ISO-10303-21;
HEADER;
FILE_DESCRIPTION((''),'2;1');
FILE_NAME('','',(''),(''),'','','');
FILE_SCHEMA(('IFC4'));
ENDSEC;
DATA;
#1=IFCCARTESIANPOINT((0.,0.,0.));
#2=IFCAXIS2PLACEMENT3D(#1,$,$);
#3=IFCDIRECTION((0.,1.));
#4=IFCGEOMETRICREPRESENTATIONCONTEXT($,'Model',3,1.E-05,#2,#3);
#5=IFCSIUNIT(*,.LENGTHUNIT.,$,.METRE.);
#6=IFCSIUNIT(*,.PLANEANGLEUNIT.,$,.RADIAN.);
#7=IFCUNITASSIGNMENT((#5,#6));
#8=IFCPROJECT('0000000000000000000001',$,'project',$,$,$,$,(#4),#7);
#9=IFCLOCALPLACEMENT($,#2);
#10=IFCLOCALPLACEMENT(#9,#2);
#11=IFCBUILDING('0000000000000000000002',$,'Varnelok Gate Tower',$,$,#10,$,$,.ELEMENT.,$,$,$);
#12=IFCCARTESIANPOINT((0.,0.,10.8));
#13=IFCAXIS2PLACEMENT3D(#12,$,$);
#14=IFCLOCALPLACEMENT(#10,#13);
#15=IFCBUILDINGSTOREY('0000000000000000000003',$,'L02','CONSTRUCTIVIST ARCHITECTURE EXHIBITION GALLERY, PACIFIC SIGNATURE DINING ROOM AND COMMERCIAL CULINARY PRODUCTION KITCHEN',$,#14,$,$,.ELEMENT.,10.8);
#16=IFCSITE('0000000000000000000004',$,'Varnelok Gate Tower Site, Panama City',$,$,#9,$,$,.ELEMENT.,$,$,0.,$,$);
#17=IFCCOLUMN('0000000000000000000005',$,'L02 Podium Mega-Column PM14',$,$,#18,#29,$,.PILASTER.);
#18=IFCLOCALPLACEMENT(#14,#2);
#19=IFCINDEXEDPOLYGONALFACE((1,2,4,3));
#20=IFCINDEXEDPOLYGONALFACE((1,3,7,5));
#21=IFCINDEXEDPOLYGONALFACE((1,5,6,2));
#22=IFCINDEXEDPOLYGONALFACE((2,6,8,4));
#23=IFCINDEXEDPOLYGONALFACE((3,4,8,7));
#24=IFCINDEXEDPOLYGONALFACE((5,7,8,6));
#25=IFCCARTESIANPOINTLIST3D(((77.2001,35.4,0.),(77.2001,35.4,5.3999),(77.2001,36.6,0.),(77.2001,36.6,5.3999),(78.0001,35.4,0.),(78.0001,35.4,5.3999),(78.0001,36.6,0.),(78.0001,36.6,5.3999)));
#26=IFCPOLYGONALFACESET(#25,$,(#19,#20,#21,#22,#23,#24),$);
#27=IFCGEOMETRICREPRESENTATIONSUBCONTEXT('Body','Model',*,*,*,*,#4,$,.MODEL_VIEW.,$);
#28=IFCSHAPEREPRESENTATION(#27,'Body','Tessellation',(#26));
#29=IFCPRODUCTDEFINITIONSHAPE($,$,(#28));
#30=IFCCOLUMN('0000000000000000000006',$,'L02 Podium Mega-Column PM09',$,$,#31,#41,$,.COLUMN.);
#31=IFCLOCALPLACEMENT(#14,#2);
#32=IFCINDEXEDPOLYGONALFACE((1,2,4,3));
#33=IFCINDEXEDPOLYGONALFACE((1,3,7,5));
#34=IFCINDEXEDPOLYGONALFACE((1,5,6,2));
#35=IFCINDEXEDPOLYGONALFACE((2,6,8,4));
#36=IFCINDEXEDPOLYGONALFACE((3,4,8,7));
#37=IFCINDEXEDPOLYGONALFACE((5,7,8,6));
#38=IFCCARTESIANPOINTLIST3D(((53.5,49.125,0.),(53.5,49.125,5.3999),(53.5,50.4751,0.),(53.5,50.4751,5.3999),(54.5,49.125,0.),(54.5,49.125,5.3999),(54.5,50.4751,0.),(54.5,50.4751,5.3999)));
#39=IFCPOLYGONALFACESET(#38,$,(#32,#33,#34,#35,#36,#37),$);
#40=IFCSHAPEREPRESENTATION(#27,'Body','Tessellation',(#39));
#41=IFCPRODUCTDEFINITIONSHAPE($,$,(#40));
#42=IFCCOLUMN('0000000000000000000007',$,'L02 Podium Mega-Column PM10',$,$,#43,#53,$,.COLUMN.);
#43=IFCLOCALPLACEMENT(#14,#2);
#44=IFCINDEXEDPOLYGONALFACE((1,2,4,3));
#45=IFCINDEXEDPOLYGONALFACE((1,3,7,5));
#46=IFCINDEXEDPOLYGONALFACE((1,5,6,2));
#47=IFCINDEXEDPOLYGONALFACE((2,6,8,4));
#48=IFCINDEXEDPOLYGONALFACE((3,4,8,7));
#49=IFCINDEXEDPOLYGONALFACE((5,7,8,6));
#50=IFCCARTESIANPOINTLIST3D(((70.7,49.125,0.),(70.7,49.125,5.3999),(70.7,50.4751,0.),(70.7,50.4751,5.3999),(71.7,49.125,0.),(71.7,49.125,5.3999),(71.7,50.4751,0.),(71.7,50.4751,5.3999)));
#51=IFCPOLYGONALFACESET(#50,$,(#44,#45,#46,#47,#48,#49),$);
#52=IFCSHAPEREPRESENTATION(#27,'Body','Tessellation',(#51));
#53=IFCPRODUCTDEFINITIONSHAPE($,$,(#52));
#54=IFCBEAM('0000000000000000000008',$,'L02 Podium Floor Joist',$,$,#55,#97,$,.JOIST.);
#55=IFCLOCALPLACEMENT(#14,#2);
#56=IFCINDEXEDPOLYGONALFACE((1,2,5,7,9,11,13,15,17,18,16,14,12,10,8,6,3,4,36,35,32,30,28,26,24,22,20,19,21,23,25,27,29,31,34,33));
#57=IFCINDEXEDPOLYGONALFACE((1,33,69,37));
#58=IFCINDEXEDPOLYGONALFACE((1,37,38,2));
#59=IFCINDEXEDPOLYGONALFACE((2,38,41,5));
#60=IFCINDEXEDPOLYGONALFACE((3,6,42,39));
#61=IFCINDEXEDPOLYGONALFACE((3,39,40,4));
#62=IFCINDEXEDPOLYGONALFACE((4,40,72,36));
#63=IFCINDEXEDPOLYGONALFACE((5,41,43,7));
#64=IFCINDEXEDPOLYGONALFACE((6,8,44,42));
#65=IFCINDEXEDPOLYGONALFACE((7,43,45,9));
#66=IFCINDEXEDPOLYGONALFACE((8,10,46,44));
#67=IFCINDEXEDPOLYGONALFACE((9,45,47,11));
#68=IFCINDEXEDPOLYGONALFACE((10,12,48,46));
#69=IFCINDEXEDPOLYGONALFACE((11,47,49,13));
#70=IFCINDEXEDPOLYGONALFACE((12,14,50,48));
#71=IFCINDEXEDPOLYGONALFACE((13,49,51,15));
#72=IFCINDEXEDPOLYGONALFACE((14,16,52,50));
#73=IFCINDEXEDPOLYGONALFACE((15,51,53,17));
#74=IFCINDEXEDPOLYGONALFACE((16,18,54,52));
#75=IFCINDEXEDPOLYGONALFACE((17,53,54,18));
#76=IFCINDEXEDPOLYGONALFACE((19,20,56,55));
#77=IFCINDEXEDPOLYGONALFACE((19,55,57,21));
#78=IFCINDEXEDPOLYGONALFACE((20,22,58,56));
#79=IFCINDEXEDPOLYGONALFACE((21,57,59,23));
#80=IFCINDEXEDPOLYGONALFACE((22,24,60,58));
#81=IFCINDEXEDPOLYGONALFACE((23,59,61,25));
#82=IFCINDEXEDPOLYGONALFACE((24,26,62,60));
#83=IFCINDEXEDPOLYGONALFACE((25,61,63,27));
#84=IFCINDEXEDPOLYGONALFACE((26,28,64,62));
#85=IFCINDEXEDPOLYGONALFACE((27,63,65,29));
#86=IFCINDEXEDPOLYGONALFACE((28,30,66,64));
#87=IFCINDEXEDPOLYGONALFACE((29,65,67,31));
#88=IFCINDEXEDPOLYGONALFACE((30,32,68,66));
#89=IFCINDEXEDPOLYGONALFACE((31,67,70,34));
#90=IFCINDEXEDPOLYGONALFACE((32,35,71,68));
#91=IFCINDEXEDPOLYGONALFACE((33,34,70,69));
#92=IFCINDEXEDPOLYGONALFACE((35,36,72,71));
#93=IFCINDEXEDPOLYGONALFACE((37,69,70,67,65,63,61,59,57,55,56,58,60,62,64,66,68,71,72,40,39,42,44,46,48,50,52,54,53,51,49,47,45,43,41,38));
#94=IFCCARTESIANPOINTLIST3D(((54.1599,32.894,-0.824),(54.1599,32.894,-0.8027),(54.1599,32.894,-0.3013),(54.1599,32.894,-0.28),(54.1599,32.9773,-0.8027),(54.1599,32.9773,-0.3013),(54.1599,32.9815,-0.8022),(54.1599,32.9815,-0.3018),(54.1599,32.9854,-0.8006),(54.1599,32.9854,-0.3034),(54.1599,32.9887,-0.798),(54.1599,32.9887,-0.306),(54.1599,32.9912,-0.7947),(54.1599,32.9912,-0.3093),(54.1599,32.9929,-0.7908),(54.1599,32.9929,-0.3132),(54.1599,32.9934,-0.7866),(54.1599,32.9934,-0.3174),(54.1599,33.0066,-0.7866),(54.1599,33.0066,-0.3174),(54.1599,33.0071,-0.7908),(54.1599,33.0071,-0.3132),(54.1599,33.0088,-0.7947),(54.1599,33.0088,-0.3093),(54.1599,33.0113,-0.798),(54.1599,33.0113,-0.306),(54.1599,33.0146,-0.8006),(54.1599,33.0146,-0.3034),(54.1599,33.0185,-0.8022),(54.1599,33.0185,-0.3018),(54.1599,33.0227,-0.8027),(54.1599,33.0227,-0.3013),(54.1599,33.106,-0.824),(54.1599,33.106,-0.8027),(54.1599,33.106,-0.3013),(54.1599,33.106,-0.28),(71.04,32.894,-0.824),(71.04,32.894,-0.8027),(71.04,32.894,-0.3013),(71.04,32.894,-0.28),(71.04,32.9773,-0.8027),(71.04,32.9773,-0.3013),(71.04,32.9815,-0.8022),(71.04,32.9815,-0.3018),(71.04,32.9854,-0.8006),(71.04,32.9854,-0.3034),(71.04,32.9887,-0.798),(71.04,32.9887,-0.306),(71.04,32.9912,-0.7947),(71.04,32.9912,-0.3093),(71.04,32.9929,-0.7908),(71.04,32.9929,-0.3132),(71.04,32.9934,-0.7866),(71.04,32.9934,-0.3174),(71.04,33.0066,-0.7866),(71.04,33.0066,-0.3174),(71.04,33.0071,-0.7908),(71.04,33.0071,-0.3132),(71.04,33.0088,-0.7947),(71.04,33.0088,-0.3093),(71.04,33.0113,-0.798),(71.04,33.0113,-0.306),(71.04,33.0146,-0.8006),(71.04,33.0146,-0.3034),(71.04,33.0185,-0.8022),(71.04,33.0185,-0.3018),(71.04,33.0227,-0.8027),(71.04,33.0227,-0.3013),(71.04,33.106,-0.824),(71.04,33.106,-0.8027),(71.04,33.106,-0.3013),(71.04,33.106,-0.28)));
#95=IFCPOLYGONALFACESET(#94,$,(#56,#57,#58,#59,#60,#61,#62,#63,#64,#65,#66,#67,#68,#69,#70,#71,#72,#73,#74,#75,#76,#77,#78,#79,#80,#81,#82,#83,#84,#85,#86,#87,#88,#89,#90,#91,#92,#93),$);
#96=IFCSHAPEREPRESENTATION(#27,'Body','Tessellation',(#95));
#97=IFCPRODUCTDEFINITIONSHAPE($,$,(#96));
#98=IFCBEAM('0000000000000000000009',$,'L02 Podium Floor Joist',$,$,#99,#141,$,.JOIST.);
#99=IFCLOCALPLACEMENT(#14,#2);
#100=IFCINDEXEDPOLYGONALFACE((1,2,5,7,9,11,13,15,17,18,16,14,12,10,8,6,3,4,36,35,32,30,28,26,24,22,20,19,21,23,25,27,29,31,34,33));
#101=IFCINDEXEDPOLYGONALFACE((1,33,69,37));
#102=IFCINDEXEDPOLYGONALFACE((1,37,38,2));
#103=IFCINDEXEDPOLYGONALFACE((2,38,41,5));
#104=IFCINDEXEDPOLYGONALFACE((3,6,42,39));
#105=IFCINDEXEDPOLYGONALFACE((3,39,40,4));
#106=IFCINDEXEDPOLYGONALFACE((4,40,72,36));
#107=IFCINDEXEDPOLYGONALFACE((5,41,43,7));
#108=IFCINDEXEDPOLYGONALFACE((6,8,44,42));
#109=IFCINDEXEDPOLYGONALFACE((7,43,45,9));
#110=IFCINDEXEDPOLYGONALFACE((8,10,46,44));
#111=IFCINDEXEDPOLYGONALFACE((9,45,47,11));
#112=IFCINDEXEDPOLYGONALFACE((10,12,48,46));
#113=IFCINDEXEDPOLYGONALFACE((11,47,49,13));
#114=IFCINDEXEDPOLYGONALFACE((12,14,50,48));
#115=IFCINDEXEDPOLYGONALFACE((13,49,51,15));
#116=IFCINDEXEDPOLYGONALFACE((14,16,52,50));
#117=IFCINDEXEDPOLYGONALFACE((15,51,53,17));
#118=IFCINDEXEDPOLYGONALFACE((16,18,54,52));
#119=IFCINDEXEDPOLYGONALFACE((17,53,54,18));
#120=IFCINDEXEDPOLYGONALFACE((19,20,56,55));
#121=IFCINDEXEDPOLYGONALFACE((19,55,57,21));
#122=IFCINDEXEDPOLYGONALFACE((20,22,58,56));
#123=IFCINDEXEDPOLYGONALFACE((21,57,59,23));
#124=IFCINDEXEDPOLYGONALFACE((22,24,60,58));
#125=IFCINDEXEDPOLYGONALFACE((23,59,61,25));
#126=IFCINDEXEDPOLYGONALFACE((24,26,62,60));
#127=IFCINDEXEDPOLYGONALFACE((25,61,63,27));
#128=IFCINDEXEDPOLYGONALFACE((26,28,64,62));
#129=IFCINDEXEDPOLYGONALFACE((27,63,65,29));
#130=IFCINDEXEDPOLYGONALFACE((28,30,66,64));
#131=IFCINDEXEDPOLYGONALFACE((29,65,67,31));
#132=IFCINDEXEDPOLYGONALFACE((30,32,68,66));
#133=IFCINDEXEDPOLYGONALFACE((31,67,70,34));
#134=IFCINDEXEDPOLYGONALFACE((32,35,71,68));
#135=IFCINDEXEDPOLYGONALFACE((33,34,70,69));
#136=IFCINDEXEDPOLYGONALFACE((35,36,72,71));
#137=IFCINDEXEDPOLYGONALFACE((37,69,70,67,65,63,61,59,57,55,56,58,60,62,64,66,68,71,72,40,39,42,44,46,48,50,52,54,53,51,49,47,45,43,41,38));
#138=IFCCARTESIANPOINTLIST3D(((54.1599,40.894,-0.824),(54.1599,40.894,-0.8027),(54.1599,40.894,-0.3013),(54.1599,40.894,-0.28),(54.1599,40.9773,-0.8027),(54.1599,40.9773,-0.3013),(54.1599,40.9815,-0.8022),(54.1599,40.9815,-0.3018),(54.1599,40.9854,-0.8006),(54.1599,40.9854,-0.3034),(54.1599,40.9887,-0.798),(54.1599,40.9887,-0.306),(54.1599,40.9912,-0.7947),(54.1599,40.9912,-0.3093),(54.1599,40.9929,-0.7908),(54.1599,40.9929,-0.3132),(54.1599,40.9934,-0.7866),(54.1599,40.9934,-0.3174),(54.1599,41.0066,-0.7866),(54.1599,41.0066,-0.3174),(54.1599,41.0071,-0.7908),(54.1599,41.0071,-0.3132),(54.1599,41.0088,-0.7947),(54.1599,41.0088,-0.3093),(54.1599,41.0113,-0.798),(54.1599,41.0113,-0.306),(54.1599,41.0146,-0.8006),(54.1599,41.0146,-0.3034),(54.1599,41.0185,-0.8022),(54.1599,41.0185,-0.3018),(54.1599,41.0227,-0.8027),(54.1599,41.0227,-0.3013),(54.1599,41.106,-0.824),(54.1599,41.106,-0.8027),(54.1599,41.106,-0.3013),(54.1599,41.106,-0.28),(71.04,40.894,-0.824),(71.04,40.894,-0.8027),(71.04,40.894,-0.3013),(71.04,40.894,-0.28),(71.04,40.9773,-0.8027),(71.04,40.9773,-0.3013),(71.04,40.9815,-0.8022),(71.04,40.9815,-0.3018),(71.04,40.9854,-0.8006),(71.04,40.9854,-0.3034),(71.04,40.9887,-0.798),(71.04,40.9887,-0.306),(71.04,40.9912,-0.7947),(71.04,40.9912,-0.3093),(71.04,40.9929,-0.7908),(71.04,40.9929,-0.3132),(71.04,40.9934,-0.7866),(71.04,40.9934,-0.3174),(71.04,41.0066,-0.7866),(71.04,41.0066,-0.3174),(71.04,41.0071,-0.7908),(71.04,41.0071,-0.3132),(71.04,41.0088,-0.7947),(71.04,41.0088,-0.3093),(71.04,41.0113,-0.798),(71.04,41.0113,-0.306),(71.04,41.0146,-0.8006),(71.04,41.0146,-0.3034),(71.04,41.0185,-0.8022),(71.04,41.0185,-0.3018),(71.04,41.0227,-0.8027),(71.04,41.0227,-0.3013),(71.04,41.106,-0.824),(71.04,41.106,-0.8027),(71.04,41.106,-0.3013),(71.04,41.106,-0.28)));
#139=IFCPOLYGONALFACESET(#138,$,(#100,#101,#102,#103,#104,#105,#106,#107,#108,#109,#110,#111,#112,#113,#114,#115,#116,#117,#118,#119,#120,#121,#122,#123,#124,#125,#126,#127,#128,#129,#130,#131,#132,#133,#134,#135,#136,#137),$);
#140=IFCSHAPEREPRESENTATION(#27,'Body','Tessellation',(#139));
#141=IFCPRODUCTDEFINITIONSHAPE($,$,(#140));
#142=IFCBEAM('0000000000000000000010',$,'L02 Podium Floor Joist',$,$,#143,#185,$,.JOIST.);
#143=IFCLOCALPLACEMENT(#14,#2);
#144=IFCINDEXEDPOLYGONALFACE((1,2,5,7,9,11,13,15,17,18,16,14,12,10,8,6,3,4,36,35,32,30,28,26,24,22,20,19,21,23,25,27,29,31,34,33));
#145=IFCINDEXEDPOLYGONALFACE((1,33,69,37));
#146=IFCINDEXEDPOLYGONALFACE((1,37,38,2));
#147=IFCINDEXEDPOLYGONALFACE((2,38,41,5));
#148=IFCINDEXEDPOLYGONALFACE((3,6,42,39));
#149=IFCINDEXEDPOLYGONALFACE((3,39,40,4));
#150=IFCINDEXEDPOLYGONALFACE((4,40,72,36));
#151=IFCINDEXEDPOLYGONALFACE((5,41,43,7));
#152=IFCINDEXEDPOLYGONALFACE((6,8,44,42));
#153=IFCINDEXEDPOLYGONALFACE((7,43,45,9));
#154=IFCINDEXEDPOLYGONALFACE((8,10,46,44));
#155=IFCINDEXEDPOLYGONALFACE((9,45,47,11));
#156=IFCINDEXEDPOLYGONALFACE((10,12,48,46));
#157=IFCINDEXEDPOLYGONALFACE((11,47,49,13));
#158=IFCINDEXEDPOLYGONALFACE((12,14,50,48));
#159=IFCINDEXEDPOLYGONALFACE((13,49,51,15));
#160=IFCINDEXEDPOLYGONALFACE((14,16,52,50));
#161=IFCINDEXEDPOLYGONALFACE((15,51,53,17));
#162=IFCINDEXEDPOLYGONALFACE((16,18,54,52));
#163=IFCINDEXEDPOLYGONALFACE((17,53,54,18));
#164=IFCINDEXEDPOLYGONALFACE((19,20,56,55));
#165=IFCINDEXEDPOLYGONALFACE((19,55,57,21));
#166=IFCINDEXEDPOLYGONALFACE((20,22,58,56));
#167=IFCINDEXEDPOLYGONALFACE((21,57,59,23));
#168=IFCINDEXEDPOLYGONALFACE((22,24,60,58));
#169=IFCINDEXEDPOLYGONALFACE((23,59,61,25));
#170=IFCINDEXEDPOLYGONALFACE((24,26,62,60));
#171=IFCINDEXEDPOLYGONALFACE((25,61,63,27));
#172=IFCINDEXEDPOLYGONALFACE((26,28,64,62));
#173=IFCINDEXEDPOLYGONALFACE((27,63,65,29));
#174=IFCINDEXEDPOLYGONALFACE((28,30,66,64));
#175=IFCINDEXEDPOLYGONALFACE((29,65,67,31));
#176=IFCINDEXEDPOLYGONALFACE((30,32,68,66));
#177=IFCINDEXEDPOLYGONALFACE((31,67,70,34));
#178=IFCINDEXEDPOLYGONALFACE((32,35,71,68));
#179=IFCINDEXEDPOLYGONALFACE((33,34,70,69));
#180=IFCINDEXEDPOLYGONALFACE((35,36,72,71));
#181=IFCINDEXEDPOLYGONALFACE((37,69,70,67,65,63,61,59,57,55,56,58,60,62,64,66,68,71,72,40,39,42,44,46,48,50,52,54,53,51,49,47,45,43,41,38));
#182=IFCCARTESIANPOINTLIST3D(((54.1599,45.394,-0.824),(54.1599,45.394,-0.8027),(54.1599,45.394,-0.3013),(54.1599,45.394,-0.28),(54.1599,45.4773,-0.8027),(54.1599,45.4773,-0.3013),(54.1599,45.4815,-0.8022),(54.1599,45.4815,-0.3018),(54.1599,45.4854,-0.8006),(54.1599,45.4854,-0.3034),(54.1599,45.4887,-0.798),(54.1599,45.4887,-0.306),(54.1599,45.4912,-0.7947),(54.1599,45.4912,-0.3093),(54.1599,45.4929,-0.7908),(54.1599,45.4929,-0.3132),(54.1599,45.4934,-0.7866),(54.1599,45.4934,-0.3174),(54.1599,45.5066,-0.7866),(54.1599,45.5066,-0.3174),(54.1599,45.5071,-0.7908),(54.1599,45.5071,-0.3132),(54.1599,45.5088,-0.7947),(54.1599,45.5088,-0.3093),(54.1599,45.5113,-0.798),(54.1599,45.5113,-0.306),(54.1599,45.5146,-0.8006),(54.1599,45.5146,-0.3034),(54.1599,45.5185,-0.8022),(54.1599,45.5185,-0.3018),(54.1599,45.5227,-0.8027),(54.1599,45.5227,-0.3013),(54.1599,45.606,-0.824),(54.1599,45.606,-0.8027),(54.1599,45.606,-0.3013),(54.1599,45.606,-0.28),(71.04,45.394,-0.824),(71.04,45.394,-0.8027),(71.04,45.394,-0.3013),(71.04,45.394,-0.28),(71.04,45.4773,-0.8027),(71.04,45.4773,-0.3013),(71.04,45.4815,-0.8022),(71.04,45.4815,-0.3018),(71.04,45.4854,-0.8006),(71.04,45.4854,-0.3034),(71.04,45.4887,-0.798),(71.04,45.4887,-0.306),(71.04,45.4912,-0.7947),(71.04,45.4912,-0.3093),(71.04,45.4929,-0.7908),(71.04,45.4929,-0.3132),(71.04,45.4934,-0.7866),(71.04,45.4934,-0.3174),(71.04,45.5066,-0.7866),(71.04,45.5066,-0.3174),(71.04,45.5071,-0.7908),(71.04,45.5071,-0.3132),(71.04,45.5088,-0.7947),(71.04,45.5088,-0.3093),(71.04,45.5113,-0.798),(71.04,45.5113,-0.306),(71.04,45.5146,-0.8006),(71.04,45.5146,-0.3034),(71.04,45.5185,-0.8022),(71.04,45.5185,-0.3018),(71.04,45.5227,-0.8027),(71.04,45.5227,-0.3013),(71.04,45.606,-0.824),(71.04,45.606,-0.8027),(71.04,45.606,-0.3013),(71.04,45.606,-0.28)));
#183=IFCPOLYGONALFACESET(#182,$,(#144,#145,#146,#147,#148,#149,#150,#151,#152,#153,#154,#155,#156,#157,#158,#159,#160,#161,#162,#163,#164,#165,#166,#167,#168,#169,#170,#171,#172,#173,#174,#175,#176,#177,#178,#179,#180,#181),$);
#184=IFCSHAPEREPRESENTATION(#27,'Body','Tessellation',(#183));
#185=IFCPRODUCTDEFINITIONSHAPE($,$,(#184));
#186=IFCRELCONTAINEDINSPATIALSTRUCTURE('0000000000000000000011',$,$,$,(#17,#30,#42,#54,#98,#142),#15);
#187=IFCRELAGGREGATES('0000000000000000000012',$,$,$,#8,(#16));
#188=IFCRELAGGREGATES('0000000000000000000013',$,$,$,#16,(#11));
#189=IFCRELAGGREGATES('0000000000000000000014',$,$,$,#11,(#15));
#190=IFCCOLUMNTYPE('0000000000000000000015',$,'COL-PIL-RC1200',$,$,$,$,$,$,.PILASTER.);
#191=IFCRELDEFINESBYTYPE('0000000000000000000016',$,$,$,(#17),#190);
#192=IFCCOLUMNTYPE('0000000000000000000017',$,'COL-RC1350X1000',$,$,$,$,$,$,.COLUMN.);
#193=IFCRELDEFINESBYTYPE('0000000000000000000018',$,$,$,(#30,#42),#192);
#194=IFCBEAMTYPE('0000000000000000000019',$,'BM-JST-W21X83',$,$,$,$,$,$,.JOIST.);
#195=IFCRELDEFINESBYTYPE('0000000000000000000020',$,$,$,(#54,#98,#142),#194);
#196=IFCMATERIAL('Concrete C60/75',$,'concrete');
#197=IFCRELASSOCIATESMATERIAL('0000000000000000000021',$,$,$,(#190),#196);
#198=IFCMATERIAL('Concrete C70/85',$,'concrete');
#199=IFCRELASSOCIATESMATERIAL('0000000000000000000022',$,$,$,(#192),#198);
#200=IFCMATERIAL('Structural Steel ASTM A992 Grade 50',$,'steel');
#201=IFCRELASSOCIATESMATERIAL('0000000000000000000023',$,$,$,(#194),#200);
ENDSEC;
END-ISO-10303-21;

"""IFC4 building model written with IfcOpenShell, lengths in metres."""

from ifc_helpers import new_model, si_unit, direction, frame, origin, origin_2d, place, context, subcontext, project, spatial, rectangle, i_section, extrude, material, material_profile, profile_set, type_object, element, save


model = new_model("IFC4")

# Units and contexts
model_context = context("Model", 3, precision=1e-05, world=origin(), true_north=direction((0.0, 1.0)))
body_context = subcontext(model_context, "Body", "Model", "MODEL_VIEW")
ifc_project = project(units=[si_unit("LENGTHUNIT", "METRE"), si_unit("PLANEANGLEUNIT", "RADIAN")], contexts=[model_context])

# Site, building, storey
site_placement = place(None, origin())
site = spatial("IfcSite", under=ifc_project, at=site_placement, Name="Varnelok Gate Tower Site, Panama City", CompositionType="ELEMENT", RefElevation=0.0)
building_placement = place(site_placement, origin())
building = spatial("IfcBuilding", under=site, at=building_placement, Name="Varnelok Gate Tower", CompositionType="ELEMENT")
storey_placement = place(building_placement, frame((0.0, 0.0, 10.8)))
storey = spatial("IfcBuildingStorey", under=building, at=storey_placement, Name="L02", Description="CONSTRUCTIVIST ARCHITECTURE EXHIBITION GALLERY, PACIFIC SIGNATURE DINING ROOM AND COMMERCIAL CULINARY PRODUCTION KITCHEN", CompositionType="ELEMENT", Elevation=10.8)

# Columns
ifc_material_1 = material(Name="Concrete C60/75", Category="concrete")
ifc_material_profile_1 = material_profile(ifc_material_1, rectangle(XDim=0.8, YDim=1.2, at=origin_2d()), Name="RC1200X800")
ifc_profile_set_1 = profile_set([ifc_material_profile_1], Name="Concrete C60/75")
column_type_1 = type_object("IfcColumnType", Name="COL-PIL-RC1200", PredefinedType="PILASTER", material=ifc_profile_set_1)
column_placement = place(storey_placement, frame((77.6001, 36.0, 0.0), z_axis=(0.0, 0.0, 1.0), x_axis=(1.0, 0.0, 0.0)))
element("IfcColumn", 1, at=column_placement, inside=storey, type_object=column_type_1, Name="L02 Podium Mega-Column PM14", PredefinedType="PILASTER", context=body_context, shape_type="SweptSolid", body=[
    extrude(rectangle(XDim=0.8, YDim=1.2, at=origin_2d()), origin(), (0.0, 0.0, 1.0), 5.3999),
])
ifc_material_2 = material(Name="Concrete C70/85", Category="concrete")
ifc_material_profile_2 = material_profile(ifc_material_2, rectangle(XDim=1.0, YDim=1.3501, at=origin_2d()), Name="RC1350X1000")
ifc_profile_set_2 = profile_set([ifc_material_profile_2], Name="Concrete C70/85")
column_type_2 = type_object("IfcColumnType", Name="COL-RC1350X1000", PredefinedType="COLUMN", material=ifc_profile_set_2)
for number, where, z_axis, x_axis, name in (
    (2, (54.0, 49.8, 0.0), (0.0, 0.0, 1.0), (1.0, 0.0, 0.0), "L02 Podium Mega-Column PM09"),
    (3, (71.2, 49.8, 0.0), (0.0, 0.0, 1.0), (1.0, 0.0, 0.0), "L02 Podium Mega-Column PM10"),
):
    element("IfcColumn", number, at=place(storey_placement, frame(where, z_axis=z_axis, x_axis=x_axis)), inside=storey, type_object=column_type_2, Name=name, PredefinedType="COLUMN", context=body_context, shape_type="SweptSolid", body=[
        extrude(rectangle(XDim=1.0, YDim=1.3501, at=origin_2d()), origin(), (0.0, 0.0, 1.0), 5.3999),
    ])

# Beams
ifc_material_3 = material(Name="Structural Steel ASTM A992 Grade 50", Category="steel")
ifc_material_profile_3 = material_profile(ifc_material_3, i_section(OverallWidth=0.2119, OverallDepth=0.5439, WebThickness=0.0132, FlangeThickness=0.0212, FilletRadius=0.0161, at=origin_2d()), Name="W21X83")
ifc_profile_set_3 = profile_set([ifc_material_profile_3], Name="Structural Steel ASTM A992 Grade 50")
beam_type_1 = type_object("IfcBeamType", Name="BM-JST-W21X83", PredefinedType="JOIST", material=ifc_profile_set_3)
for number, where, z_axis, x_axis, name in (
    (4, (54.1599, 33.0, -0.552), (1.0, 0.0, 0.0), (0.0, 1.0, 0.0), "L02 Podium Floor Joist"),
    (5, (54.1599, 41.0, -0.552), (1.0, 0.0, 0.0), (0.0, 1.0, 0.0), "L02 Podium Floor Joist"),
    (6, (54.1599, 45.5, -0.552), (1.0, 0.0, 0.0), (0.0, 1.0, 0.0), "L02 Podium Floor Joist"),
):
    element("IfcBeam", number, at=place(storey_placement, frame(where, z_axis=z_axis, x_axis=x_axis)), inside=storey, type_object=beam_type_1, Name=name, PredefinedType="JOIST", context=body_context, shape_type="SweptSolid", body=[
        extrude(i_section(OverallWidth=0.2119, OverallDepth=0.5439, WebThickness=0.0132, FlangeThickness=0.0212, FilletRadius=0.0161, at=origin_2d()), origin(), (0.0, 0.0, 1.0), 16.8801),
    ])

save(model, "model.ifc")
